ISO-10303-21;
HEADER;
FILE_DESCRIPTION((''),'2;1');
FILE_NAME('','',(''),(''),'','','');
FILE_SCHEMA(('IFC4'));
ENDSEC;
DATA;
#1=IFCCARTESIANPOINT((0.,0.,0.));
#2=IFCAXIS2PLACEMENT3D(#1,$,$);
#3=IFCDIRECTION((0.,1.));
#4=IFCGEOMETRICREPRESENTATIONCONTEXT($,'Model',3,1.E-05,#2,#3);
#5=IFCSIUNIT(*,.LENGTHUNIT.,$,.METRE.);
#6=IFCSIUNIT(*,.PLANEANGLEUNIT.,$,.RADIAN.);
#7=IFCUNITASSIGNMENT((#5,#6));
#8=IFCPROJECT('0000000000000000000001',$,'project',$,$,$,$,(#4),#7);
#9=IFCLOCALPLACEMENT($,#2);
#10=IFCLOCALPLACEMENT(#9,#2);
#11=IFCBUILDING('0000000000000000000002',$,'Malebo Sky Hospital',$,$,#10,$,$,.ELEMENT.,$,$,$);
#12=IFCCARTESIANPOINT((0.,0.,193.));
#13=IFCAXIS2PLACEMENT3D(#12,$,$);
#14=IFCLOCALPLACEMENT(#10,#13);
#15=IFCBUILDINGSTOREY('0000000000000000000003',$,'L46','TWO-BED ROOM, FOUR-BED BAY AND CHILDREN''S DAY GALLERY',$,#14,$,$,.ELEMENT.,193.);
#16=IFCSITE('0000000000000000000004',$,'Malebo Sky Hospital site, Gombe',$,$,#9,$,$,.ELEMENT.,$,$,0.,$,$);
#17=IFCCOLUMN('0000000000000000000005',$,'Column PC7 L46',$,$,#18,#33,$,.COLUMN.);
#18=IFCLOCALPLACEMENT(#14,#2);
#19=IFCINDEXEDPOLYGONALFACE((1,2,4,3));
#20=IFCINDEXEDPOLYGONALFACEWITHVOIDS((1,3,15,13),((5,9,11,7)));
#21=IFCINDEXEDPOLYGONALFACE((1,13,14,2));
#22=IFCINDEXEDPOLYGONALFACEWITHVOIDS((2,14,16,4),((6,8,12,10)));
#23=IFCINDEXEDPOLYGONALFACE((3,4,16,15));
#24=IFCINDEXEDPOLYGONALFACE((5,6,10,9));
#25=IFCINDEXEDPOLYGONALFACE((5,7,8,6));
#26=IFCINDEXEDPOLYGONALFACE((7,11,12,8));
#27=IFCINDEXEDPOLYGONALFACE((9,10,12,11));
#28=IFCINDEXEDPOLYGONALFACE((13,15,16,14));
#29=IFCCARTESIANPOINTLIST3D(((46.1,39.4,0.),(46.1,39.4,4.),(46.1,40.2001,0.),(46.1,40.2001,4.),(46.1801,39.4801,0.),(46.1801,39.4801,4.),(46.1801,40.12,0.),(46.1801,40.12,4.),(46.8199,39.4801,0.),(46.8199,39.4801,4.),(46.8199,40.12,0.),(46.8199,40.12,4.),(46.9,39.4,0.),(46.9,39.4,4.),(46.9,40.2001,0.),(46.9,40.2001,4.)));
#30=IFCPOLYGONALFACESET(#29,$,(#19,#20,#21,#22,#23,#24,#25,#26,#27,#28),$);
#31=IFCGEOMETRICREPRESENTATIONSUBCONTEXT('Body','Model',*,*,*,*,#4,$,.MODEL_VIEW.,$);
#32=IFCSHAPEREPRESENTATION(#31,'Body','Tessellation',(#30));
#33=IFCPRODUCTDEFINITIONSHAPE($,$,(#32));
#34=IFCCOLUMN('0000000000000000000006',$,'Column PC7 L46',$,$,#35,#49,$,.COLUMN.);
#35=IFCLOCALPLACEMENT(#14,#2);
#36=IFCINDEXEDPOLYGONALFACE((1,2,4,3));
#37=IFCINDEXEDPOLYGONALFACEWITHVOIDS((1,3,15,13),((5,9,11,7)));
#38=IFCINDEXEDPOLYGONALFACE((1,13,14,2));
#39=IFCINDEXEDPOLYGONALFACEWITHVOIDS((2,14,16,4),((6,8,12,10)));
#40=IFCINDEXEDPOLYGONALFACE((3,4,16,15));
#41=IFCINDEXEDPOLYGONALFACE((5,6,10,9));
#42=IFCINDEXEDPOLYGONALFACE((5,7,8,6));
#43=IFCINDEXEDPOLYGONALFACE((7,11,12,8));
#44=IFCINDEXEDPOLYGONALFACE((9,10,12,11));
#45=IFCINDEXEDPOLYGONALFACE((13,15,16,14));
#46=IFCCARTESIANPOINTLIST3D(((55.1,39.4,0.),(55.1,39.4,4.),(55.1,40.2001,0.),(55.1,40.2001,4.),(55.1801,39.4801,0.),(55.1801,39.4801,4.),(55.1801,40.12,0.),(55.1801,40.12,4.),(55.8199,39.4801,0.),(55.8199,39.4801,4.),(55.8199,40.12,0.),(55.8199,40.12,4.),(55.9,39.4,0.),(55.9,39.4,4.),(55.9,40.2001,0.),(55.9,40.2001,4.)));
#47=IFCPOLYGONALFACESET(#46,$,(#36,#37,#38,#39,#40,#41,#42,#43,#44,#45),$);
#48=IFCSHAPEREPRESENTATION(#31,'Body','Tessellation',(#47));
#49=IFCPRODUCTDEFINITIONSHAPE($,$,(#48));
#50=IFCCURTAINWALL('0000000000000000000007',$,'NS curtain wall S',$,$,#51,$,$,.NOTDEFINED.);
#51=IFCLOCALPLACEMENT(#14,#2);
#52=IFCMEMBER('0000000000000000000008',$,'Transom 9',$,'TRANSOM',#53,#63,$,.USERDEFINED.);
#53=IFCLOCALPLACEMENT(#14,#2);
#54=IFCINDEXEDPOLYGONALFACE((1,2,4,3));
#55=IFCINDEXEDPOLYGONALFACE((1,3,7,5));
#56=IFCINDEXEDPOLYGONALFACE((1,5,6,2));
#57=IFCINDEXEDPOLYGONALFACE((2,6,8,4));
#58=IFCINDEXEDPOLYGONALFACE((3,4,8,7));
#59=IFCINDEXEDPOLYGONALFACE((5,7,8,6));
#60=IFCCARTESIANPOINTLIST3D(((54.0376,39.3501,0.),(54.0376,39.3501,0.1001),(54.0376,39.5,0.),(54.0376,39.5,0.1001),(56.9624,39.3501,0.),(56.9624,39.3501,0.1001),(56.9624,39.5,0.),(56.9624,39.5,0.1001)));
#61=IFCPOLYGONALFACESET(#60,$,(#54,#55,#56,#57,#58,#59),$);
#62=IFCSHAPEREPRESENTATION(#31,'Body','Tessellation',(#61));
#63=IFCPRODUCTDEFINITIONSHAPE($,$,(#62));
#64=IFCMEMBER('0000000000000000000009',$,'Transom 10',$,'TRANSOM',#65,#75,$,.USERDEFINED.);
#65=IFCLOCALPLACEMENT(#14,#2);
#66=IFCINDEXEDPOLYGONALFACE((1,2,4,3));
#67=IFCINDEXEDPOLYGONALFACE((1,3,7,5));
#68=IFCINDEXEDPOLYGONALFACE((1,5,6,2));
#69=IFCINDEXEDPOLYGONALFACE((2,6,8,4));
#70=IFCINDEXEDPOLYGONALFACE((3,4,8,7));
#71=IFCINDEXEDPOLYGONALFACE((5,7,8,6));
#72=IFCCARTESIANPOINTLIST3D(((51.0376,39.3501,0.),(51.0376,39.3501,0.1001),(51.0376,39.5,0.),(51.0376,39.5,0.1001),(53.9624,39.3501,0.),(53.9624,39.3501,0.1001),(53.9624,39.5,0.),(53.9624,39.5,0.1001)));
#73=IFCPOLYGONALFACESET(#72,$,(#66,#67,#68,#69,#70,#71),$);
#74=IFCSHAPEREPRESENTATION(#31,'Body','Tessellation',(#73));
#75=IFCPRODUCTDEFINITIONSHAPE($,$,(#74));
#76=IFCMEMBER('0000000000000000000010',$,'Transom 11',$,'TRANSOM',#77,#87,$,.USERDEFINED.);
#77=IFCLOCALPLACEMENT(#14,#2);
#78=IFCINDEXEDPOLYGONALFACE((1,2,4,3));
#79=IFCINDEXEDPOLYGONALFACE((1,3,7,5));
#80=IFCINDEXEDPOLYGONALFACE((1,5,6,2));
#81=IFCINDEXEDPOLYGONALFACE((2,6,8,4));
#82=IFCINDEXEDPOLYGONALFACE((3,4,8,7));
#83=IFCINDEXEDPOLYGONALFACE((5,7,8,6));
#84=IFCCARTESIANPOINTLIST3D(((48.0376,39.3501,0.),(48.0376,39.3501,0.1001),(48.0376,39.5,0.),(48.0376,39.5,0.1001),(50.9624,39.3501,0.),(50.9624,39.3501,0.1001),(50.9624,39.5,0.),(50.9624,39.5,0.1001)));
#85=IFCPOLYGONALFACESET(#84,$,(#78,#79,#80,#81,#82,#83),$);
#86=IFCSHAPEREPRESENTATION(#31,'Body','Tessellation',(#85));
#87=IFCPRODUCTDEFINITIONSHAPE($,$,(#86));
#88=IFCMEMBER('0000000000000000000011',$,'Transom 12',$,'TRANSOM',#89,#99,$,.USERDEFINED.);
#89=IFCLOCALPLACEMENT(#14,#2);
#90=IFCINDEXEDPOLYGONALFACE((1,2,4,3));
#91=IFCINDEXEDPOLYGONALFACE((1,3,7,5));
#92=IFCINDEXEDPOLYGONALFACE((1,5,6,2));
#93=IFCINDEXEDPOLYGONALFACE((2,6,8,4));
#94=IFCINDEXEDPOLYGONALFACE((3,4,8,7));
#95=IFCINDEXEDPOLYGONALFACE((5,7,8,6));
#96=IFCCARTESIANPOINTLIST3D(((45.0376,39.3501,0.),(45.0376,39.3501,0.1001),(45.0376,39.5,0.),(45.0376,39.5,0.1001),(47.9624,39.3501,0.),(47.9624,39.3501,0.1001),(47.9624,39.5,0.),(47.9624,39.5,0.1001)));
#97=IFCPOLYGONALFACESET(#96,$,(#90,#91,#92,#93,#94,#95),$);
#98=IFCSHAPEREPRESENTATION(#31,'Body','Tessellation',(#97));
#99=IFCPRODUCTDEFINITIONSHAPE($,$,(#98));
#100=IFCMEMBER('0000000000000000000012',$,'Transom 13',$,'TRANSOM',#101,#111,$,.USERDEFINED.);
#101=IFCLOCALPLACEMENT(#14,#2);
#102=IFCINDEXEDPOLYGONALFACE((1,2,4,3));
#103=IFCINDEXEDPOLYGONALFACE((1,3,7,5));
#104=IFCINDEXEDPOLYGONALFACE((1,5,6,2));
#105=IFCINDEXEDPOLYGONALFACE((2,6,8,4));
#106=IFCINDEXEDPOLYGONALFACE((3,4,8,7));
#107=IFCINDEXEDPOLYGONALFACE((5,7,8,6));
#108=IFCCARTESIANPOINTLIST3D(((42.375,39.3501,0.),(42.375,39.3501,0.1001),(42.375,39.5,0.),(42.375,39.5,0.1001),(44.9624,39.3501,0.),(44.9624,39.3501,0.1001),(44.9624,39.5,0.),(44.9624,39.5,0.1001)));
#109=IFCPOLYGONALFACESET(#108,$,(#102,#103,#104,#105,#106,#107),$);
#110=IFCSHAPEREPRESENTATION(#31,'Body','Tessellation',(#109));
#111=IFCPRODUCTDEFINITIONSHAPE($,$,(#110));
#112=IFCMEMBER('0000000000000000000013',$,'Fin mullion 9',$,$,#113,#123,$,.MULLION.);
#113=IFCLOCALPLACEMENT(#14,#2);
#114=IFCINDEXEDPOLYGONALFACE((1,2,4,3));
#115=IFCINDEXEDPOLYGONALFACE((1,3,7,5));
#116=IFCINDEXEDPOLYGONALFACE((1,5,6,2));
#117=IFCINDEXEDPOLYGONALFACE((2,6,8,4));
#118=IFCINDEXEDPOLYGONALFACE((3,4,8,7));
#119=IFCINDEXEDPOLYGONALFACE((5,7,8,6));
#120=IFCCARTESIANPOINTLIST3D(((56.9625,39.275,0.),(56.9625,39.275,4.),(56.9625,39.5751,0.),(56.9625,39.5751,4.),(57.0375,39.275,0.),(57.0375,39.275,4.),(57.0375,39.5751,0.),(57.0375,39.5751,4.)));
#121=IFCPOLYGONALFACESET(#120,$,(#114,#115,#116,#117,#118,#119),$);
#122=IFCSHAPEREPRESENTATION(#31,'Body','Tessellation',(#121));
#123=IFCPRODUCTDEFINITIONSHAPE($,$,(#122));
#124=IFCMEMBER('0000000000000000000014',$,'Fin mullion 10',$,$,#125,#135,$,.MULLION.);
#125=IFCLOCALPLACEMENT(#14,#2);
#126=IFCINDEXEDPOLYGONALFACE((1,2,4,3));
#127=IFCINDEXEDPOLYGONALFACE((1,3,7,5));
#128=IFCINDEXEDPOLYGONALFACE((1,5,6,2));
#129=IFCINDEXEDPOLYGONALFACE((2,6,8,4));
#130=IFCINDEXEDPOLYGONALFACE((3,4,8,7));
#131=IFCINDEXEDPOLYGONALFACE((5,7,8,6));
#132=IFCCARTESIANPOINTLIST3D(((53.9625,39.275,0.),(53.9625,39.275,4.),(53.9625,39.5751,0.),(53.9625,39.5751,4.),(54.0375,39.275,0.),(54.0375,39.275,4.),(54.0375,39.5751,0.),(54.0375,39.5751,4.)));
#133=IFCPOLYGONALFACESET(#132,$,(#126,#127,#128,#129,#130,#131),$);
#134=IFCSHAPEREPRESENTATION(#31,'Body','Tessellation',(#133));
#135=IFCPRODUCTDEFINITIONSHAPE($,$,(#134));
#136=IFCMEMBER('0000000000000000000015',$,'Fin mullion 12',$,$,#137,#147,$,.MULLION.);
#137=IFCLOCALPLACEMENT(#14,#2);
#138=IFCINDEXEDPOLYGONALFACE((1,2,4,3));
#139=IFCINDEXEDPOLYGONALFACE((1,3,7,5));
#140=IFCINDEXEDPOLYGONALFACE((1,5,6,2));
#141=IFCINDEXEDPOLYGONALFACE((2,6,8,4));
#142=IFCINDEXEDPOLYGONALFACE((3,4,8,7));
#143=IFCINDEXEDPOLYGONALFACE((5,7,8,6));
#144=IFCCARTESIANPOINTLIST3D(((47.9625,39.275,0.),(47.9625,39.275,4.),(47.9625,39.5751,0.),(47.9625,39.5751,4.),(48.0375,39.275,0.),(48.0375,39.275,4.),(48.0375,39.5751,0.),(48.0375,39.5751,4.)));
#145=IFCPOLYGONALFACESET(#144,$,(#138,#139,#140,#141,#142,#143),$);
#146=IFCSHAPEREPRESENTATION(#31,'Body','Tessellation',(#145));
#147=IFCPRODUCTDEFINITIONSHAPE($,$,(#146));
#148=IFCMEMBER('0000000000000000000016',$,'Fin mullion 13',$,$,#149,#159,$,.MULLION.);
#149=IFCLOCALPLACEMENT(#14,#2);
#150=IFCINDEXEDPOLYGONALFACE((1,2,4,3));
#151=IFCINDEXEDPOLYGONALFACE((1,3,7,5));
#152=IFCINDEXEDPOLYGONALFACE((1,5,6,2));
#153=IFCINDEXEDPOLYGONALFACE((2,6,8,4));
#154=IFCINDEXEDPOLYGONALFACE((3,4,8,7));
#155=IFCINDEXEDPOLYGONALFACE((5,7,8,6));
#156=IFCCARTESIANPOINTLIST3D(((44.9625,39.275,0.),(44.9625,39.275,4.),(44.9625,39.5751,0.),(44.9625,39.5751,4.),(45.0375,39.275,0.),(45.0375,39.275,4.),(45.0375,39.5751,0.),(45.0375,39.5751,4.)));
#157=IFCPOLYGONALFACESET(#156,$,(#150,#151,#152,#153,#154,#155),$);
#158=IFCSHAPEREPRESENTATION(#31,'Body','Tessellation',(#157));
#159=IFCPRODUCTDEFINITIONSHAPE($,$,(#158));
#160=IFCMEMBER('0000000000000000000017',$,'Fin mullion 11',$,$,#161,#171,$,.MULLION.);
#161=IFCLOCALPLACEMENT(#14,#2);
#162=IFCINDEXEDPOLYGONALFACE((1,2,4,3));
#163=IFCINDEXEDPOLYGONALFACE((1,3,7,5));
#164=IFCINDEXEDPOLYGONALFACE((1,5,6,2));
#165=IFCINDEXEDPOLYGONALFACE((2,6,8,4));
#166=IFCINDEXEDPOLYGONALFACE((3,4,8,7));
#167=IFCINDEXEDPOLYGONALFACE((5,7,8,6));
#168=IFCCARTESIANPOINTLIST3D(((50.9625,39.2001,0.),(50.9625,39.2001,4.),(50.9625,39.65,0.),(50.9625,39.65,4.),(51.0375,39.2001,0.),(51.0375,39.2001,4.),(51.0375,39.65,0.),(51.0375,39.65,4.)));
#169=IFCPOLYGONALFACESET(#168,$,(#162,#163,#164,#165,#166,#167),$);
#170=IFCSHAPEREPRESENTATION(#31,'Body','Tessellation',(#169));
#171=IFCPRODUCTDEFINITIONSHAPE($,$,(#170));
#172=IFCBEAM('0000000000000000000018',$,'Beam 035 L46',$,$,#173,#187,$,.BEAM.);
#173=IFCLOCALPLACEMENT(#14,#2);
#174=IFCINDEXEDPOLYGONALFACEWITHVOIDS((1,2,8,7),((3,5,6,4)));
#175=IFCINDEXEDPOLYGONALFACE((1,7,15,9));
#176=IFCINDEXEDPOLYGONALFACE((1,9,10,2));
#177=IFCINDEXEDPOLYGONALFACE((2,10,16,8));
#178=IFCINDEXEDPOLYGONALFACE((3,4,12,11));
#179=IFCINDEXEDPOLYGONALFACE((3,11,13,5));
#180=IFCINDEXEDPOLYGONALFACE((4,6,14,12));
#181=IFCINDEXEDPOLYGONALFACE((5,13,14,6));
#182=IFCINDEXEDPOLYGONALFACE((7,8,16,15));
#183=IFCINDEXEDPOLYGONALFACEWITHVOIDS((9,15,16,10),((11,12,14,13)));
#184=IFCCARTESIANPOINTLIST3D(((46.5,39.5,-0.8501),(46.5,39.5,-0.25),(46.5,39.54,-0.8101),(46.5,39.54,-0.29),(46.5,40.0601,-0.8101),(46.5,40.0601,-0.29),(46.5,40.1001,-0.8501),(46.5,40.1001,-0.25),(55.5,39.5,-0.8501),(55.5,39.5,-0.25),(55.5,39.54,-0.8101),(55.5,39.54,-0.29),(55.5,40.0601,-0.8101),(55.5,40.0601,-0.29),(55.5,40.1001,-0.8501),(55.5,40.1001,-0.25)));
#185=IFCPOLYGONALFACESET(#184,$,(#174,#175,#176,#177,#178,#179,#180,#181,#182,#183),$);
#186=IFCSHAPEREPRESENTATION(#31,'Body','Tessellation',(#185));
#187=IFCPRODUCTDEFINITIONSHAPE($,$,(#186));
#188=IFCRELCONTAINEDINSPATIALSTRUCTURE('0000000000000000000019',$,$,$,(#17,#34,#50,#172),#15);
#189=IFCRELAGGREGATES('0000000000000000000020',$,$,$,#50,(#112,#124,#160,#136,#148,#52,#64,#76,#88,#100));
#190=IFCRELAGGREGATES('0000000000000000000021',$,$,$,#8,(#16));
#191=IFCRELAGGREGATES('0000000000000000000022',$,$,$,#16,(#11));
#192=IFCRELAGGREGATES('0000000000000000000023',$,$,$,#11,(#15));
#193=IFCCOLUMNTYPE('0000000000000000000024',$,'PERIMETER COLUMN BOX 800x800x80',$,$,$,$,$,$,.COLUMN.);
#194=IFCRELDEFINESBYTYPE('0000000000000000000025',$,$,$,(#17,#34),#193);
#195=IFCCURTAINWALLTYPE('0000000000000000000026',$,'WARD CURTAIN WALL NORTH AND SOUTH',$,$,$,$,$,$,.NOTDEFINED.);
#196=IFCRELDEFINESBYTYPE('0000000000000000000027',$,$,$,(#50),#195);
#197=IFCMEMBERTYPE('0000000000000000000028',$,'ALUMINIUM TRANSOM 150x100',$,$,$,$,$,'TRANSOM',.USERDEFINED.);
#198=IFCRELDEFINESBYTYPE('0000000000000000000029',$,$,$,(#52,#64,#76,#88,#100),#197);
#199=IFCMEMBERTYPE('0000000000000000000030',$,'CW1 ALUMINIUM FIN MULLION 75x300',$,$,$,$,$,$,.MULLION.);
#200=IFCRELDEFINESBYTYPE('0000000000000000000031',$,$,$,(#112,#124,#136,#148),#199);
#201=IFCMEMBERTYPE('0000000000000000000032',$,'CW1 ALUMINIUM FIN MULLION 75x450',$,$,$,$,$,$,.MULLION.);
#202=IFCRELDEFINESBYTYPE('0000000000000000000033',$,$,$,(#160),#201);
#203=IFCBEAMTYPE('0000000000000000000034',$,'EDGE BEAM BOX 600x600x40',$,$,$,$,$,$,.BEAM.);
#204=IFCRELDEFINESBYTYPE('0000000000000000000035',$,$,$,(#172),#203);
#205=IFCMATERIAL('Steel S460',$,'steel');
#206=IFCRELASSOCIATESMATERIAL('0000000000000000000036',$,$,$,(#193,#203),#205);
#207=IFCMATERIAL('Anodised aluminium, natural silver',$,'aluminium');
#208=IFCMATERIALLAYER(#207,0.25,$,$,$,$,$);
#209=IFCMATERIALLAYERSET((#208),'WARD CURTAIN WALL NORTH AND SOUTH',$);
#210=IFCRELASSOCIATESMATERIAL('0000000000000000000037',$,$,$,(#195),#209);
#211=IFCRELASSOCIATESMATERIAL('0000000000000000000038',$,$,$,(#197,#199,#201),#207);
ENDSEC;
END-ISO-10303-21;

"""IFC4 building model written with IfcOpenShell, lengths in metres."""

from ifc_helpers import new_model, si_unit, direction, frame, origin, origin_2d, place, context, subcontext, project, spatial, rectangle, hollow_rectangle, extrude, material, layer, layer_set, material_profile, profile_set, type_object, element, aggregate, save


model = new_model("IFC4")

# Units and contexts
model_context = context("Model", 3, precision=1e-05, world=origin(), true_north=direction((0.0, 1.0)))
body_context = subcontext(model_context, "Body", "Model", "MODEL_VIEW")
ifc_project = project(units=[si_unit("LENGTHUNIT", "METRE"), si_unit("PLANEANGLEUNIT", "RADIAN")], contexts=[model_context])

# Site, building, storey
site_placement = place(None, origin())
site = spatial("IfcSite", under=ifc_project, at=site_placement, Name="Malebo Sky Hospital site, Gombe", CompositionType="ELEMENT", RefElevation=0.0)
building_placement = place(site_placement, origin())
building = spatial("IfcBuilding", under=site, at=building_placement, Name="Malebo Sky Hospital", CompositionType="ELEMENT")
storey_placement = place(building_placement, frame((0.0, 0.0, 193.0)))
storey = spatial("IfcBuildingStorey", under=building, at=storey_placement, Name="L46", Description="TWO-BED ROOM, FOUR-BED BAY AND CHILDREN'S DAY GALLERY", CompositionType="ELEMENT", Elevation=193.0)

# Columns
ifc_material_1 = material(Name="Steel S460", Category="steel")
ifc_material_profile_1 = material_profile(ifc_material_1, hollow_rectangle(XDim=0.8, YDim=0.8, WallThickness=0.0801, at=origin_2d()), Name="BOX 800x800x80")
ifc_profile_set_1 = profile_set([ifc_material_profile_1], Name="Steel S460")
column_type = type_object("IfcColumnType", Name="PERIMETER COLUMN BOX 800x800x80", PredefinedType="COLUMN", material=ifc_profile_set_1)
for number, where, z_axis, x_axis, name in (
    (1, (46.5, 39.8, 0.0), (0.0, 0.0, 1.0), (1.0, 0.0, 0.0), "Column PC7 L46"),
    (2, (55.5, 39.8, 0.0), (0.0, 0.0, 1.0), (1.0, 0.0, 0.0), "Column PC7 L46"),
):
    element("IfcColumn", number, at=place(storey_placement, frame(where, z_axis=z_axis, x_axis=x_axis)), inside=storey, type_object=column_type, Name=name, PredefinedType="COLUMN", context=body_context, shape_type="SweptSolid", body=[
        extrude(hollow_rectangle(XDim=0.8, YDim=0.8, WallThickness=0.0801, at=origin_2d()), origin(), (0.0, 0.0, 1.0), 4.0),
    ])

# Curtain wall, members
ifc_material_2 = material(Name="Anodised aluminium, natural silver", Category="aluminium")
ifc_layer_1 = layer(ifc_material_2, 0.25)
ifc_layer_set_1 = layer_set([ifc_layer_1], Name="WARD CURTAIN WALL NORTH AND SOUTH")
curtain_wall_type = type_object("IfcCurtainWallType", Name="WARD CURTAIN WALL NORTH AND SOUTH", PredefinedType="NOTDEFINED", material=ifc_layer_set_1)
curtain_wall_placement = place(storey_placement, origin())
curtain_wall = element("IfcCurtainWall", 3, at=curtain_wall_placement, inside=storey, type_object=curtain_wall_type, Name="NS curtain wall S", PredefinedType="NOTDEFINED")
ifc_material_profile_2 = material_profile(ifc_material_2, rectangle(XDim=0.1499, YDim=0.1001, at=origin_2d()), Name="ALUMINIUM TRANSOM 150x100")
ifc_profile_set_2 = profile_set([ifc_material_profile_2], Name="Anodised aluminium, natural silver")
member_type_1 = type_object("IfcMemberType", Name="ALUMINIUM TRANSOM 150x100", ElementType="TRANSOM", PredefinedType="USERDEFINED", material=ifc_profile_set_2)
member_1_placement = place(storey_placement, frame((56.9624, 39.425, 0.05), z_axis=(-1.0, 0.0, 0.0), x_axis=(0.0, -1.0, 0.0)))
member_1 = element("IfcMember", 4, at=member_1_placement, type_object=member_type_1, Name="Transom 9", ObjectType="TRANSOM", PredefinedType="USERDEFINED", context=body_context, shape_type="SweptSolid", body=[
    extrude(rectangle(XDim=0.1499, YDim=0.1001, at=origin_2d()), origin(), (0.0, 0.0, 1.0), 2.9248),
])
member_2_placement = place(storey_placement, frame((53.9624, 39.425, 0.05), z_axis=(-1.0, 0.0, 0.0), x_axis=(0.0, -1.0, 0.0)))
member_2 = element("IfcMember", 5, at=member_2_placement, type_object=member_type_1, Name="Transom 10", ObjectType="TRANSOM", PredefinedType="USERDEFINED", context=body_context, shape_type="SweptSolid", body=[
    extrude(rectangle(XDim=0.1499, YDim=0.1001, at=origin_2d()), origin(), (0.0, 0.0, 1.0), 2.9248),
])
member_3_placement = place(storey_placement, frame((50.9624, 39.425, 0.05), z_axis=(-1.0, 0.0, 0.0), x_axis=(0.0, -1.0, 0.0)))
member_3 = element("IfcMember", 6, at=member_3_placement, type_object=member_type_1, Name="Transom 11", ObjectType="TRANSOM", PredefinedType="USERDEFINED", context=body_context, shape_type="SweptSolid", body=[
    extrude(rectangle(XDim=0.1499, YDim=0.1001, at=origin_2d()), origin(), (0.0, 0.0, 1.0), 2.9248),
])
member_4_placement = place(storey_placement, frame((47.9624, 39.425, 0.05), z_axis=(-1.0, 0.0, 0.0), x_axis=(0.0, -1.0, 0.0)))
member_4 = element("IfcMember", 7, at=member_4_placement, type_object=member_type_1, Name="Transom 12", ObjectType="TRANSOM", PredefinedType="USERDEFINED", context=body_context, shape_type="SweptSolid", body=[
    extrude(rectangle(XDim=0.1499, YDim=0.1001, at=origin_2d()), origin(), (0.0, 0.0, 1.0), 2.9248),
])
member_5_placement = place(storey_placement, frame((44.9624, 39.425, 0.05), z_axis=(-1.0, 0.0, 0.0), x_axis=(0.0, -1.0, 0.0)))
member_5 = element("IfcMember", 8, at=member_5_placement, type_object=member_type_1, Name="Transom 13", ObjectType="TRANSOM", PredefinedType="USERDEFINED", context=body_context, shape_type="SweptSolid", body=[
    extrude(rectangle(XDim=0.1499, YDim=0.1001, at=origin_2d()), origin(), (0.0, 0.0, 1.0), 2.5874),
])
ifc_material_profile_3 = material_profile(ifc_material_2, rectangle(XDim=0.075, YDim=0.3, at=origin_2d()), Name="CW1 ALUMINIUM FIN MULLION 75x300")
ifc_profile_set_3 = profile_set([ifc_material_profile_3], Name="Anodised aluminium, natural silver")
member_type_2 = type_object("IfcMemberType", Name="CW1 ALUMINIUM FIN MULLION 75x300", PredefinedType="MULLION", material=ifc_profile_set_3)
member_6_placement = place(storey_placement, frame((57.0, 39.425, 0.0), z_axis=(0.0, 0.0, 1.0), x_axis=(-1.0, 0.0, 0.0)))
member_6 = element("IfcMember", 9, at=member_6_placement, type_object=member_type_2, Name="Fin mullion 9", PredefinedType="MULLION", context=body_context, shape_type="SweptSolid", body=[
    extrude(rectangle(XDim=0.075, YDim=0.3, at=origin_2d()), origin(), (0.0, 0.0, 1.0), 4.0),
])
member_7_placement = place(storey_placement, frame((54.0, 39.425, 0.0), z_axis=(0.0, 0.0, 1.0), x_axis=(-1.0, 0.0, 0.0)))
member_7 = element("IfcMember", 10, at=member_7_placement, type_object=member_type_2, Name="Fin mullion 10", PredefinedType="MULLION", context=body_context, shape_type="SweptSolid", body=[
    extrude(rectangle(XDim=0.075, YDim=0.3, at=origin_2d()), origin(), (0.0, 0.0, 1.0), 4.0),
])
member_8_placement = place(storey_placement, frame((48.0, 39.425, 0.0), z_axis=(0.0, 0.0, 1.0), x_axis=(-1.0, 0.0, 0.0)))
member_8 = element("IfcMember", 11, at=member_8_placement, type_object=member_type_2, Name="Fin mullion 12", PredefinedType="MULLION", context=body_context, shape_type="SweptSolid", body=[
    extrude(rectangle(XDim=0.075, YDim=0.3, at=origin_2d()), origin(), (0.0, 0.0, 1.0), 4.0),
])
member_9_placement = place(storey_placement, frame((45.0, 39.425, 0.0), z_axis=(0.0, 0.0, 1.0), x_axis=(-1.0, 0.0, 0.0)))
member_9 = element("IfcMember", 12, at=member_9_placement, type_object=member_type_2, Name="Fin mullion 13", PredefinedType="MULLION", context=body_context, shape_type="SweptSolid", body=[
    extrude(rectangle(XDim=0.075, YDim=0.3, at=origin_2d()), origin(), (0.0, 0.0, 1.0), 4.0),
])
ifc_material_profile_4 = material_profile(ifc_material_2, rectangle(XDim=0.075, YDim=0.45, at=origin_2d()), Name="CW1 ALUMINIUM FIN MULLION 75x450")
ifc_profile_set_4 = profile_set([ifc_material_profile_4], Name="Anodised aluminium, natural silver")
member_type_3 = type_object("IfcMemberType", Name="CW1 ALUMINIUM FIN MULLION 75x450", PredefinedType="MULLION", material=ifc_profile_set_4)
member_10_placement = place(storey_placement, frame((51.0, 39.425, 0.0), z_axis=(0.0, 0.0, 1.0), x_axis=(-1.0, 0.0, 0.0)))
member_10 = element("IfcMember", 13, at=member_10_placement, type_object=member_type_3, Name="Fin mullion 11", PredefinedType="MULLION", context=body_context, shape_type="SweptSolid", body=[
    extrude(rectangle(XDim=0.075, YDim=0.45, at=origin_2d()), origin(), (0.0, 0.0, 1.0), 4.0),
])

# Beam
ifc_material_profile_5 = material_profile(ifc_material_1, hollow_rectangle(XDim=0.6001, YDim=0.6001, WallThickness=0.04, at=origin_2d()), Name="BOX 600x600x40")
ifc_profile_set_5 = profile_set([ifc_material_profile_5], Name="Steel S460")
beam_type_1 = type_object("IfcBeamType", Name="EDGE BEAM BOX 600x600x40", PredefinedType="BEAM", material=ifc_profile_set_5)
for number, where, z_axis, x_axis, name in (
    (14, (46.5, 39.8, -0.55), (1.0, 0.0, 0.0), (0.0, 1.0, 0.0), "Beam 035 L46"),
):
    element("IfcBeam", number, at=place(storey_placement, frame(where, z_axis=z_axis, x_axis=x_axis)), inside=storey, type_object=beam_type_1, Name=name, PredefinedType="BEAM", context=body_context, shape_type="SweptSolid", body=[
        extrude(hollow_rectangle(XDim=0.6001, YDim=0.6001, WallThickness=0.04, at=origin_2d()), origin(), (0.0, 0.0, 1.0), 9.0),
    ])

aggregate(curtain_wall, [member_6, member_7, member_10, member_8, member_9, member_1, member_2, member_3, member_4, member_5])

save(model, "model.ifc")
